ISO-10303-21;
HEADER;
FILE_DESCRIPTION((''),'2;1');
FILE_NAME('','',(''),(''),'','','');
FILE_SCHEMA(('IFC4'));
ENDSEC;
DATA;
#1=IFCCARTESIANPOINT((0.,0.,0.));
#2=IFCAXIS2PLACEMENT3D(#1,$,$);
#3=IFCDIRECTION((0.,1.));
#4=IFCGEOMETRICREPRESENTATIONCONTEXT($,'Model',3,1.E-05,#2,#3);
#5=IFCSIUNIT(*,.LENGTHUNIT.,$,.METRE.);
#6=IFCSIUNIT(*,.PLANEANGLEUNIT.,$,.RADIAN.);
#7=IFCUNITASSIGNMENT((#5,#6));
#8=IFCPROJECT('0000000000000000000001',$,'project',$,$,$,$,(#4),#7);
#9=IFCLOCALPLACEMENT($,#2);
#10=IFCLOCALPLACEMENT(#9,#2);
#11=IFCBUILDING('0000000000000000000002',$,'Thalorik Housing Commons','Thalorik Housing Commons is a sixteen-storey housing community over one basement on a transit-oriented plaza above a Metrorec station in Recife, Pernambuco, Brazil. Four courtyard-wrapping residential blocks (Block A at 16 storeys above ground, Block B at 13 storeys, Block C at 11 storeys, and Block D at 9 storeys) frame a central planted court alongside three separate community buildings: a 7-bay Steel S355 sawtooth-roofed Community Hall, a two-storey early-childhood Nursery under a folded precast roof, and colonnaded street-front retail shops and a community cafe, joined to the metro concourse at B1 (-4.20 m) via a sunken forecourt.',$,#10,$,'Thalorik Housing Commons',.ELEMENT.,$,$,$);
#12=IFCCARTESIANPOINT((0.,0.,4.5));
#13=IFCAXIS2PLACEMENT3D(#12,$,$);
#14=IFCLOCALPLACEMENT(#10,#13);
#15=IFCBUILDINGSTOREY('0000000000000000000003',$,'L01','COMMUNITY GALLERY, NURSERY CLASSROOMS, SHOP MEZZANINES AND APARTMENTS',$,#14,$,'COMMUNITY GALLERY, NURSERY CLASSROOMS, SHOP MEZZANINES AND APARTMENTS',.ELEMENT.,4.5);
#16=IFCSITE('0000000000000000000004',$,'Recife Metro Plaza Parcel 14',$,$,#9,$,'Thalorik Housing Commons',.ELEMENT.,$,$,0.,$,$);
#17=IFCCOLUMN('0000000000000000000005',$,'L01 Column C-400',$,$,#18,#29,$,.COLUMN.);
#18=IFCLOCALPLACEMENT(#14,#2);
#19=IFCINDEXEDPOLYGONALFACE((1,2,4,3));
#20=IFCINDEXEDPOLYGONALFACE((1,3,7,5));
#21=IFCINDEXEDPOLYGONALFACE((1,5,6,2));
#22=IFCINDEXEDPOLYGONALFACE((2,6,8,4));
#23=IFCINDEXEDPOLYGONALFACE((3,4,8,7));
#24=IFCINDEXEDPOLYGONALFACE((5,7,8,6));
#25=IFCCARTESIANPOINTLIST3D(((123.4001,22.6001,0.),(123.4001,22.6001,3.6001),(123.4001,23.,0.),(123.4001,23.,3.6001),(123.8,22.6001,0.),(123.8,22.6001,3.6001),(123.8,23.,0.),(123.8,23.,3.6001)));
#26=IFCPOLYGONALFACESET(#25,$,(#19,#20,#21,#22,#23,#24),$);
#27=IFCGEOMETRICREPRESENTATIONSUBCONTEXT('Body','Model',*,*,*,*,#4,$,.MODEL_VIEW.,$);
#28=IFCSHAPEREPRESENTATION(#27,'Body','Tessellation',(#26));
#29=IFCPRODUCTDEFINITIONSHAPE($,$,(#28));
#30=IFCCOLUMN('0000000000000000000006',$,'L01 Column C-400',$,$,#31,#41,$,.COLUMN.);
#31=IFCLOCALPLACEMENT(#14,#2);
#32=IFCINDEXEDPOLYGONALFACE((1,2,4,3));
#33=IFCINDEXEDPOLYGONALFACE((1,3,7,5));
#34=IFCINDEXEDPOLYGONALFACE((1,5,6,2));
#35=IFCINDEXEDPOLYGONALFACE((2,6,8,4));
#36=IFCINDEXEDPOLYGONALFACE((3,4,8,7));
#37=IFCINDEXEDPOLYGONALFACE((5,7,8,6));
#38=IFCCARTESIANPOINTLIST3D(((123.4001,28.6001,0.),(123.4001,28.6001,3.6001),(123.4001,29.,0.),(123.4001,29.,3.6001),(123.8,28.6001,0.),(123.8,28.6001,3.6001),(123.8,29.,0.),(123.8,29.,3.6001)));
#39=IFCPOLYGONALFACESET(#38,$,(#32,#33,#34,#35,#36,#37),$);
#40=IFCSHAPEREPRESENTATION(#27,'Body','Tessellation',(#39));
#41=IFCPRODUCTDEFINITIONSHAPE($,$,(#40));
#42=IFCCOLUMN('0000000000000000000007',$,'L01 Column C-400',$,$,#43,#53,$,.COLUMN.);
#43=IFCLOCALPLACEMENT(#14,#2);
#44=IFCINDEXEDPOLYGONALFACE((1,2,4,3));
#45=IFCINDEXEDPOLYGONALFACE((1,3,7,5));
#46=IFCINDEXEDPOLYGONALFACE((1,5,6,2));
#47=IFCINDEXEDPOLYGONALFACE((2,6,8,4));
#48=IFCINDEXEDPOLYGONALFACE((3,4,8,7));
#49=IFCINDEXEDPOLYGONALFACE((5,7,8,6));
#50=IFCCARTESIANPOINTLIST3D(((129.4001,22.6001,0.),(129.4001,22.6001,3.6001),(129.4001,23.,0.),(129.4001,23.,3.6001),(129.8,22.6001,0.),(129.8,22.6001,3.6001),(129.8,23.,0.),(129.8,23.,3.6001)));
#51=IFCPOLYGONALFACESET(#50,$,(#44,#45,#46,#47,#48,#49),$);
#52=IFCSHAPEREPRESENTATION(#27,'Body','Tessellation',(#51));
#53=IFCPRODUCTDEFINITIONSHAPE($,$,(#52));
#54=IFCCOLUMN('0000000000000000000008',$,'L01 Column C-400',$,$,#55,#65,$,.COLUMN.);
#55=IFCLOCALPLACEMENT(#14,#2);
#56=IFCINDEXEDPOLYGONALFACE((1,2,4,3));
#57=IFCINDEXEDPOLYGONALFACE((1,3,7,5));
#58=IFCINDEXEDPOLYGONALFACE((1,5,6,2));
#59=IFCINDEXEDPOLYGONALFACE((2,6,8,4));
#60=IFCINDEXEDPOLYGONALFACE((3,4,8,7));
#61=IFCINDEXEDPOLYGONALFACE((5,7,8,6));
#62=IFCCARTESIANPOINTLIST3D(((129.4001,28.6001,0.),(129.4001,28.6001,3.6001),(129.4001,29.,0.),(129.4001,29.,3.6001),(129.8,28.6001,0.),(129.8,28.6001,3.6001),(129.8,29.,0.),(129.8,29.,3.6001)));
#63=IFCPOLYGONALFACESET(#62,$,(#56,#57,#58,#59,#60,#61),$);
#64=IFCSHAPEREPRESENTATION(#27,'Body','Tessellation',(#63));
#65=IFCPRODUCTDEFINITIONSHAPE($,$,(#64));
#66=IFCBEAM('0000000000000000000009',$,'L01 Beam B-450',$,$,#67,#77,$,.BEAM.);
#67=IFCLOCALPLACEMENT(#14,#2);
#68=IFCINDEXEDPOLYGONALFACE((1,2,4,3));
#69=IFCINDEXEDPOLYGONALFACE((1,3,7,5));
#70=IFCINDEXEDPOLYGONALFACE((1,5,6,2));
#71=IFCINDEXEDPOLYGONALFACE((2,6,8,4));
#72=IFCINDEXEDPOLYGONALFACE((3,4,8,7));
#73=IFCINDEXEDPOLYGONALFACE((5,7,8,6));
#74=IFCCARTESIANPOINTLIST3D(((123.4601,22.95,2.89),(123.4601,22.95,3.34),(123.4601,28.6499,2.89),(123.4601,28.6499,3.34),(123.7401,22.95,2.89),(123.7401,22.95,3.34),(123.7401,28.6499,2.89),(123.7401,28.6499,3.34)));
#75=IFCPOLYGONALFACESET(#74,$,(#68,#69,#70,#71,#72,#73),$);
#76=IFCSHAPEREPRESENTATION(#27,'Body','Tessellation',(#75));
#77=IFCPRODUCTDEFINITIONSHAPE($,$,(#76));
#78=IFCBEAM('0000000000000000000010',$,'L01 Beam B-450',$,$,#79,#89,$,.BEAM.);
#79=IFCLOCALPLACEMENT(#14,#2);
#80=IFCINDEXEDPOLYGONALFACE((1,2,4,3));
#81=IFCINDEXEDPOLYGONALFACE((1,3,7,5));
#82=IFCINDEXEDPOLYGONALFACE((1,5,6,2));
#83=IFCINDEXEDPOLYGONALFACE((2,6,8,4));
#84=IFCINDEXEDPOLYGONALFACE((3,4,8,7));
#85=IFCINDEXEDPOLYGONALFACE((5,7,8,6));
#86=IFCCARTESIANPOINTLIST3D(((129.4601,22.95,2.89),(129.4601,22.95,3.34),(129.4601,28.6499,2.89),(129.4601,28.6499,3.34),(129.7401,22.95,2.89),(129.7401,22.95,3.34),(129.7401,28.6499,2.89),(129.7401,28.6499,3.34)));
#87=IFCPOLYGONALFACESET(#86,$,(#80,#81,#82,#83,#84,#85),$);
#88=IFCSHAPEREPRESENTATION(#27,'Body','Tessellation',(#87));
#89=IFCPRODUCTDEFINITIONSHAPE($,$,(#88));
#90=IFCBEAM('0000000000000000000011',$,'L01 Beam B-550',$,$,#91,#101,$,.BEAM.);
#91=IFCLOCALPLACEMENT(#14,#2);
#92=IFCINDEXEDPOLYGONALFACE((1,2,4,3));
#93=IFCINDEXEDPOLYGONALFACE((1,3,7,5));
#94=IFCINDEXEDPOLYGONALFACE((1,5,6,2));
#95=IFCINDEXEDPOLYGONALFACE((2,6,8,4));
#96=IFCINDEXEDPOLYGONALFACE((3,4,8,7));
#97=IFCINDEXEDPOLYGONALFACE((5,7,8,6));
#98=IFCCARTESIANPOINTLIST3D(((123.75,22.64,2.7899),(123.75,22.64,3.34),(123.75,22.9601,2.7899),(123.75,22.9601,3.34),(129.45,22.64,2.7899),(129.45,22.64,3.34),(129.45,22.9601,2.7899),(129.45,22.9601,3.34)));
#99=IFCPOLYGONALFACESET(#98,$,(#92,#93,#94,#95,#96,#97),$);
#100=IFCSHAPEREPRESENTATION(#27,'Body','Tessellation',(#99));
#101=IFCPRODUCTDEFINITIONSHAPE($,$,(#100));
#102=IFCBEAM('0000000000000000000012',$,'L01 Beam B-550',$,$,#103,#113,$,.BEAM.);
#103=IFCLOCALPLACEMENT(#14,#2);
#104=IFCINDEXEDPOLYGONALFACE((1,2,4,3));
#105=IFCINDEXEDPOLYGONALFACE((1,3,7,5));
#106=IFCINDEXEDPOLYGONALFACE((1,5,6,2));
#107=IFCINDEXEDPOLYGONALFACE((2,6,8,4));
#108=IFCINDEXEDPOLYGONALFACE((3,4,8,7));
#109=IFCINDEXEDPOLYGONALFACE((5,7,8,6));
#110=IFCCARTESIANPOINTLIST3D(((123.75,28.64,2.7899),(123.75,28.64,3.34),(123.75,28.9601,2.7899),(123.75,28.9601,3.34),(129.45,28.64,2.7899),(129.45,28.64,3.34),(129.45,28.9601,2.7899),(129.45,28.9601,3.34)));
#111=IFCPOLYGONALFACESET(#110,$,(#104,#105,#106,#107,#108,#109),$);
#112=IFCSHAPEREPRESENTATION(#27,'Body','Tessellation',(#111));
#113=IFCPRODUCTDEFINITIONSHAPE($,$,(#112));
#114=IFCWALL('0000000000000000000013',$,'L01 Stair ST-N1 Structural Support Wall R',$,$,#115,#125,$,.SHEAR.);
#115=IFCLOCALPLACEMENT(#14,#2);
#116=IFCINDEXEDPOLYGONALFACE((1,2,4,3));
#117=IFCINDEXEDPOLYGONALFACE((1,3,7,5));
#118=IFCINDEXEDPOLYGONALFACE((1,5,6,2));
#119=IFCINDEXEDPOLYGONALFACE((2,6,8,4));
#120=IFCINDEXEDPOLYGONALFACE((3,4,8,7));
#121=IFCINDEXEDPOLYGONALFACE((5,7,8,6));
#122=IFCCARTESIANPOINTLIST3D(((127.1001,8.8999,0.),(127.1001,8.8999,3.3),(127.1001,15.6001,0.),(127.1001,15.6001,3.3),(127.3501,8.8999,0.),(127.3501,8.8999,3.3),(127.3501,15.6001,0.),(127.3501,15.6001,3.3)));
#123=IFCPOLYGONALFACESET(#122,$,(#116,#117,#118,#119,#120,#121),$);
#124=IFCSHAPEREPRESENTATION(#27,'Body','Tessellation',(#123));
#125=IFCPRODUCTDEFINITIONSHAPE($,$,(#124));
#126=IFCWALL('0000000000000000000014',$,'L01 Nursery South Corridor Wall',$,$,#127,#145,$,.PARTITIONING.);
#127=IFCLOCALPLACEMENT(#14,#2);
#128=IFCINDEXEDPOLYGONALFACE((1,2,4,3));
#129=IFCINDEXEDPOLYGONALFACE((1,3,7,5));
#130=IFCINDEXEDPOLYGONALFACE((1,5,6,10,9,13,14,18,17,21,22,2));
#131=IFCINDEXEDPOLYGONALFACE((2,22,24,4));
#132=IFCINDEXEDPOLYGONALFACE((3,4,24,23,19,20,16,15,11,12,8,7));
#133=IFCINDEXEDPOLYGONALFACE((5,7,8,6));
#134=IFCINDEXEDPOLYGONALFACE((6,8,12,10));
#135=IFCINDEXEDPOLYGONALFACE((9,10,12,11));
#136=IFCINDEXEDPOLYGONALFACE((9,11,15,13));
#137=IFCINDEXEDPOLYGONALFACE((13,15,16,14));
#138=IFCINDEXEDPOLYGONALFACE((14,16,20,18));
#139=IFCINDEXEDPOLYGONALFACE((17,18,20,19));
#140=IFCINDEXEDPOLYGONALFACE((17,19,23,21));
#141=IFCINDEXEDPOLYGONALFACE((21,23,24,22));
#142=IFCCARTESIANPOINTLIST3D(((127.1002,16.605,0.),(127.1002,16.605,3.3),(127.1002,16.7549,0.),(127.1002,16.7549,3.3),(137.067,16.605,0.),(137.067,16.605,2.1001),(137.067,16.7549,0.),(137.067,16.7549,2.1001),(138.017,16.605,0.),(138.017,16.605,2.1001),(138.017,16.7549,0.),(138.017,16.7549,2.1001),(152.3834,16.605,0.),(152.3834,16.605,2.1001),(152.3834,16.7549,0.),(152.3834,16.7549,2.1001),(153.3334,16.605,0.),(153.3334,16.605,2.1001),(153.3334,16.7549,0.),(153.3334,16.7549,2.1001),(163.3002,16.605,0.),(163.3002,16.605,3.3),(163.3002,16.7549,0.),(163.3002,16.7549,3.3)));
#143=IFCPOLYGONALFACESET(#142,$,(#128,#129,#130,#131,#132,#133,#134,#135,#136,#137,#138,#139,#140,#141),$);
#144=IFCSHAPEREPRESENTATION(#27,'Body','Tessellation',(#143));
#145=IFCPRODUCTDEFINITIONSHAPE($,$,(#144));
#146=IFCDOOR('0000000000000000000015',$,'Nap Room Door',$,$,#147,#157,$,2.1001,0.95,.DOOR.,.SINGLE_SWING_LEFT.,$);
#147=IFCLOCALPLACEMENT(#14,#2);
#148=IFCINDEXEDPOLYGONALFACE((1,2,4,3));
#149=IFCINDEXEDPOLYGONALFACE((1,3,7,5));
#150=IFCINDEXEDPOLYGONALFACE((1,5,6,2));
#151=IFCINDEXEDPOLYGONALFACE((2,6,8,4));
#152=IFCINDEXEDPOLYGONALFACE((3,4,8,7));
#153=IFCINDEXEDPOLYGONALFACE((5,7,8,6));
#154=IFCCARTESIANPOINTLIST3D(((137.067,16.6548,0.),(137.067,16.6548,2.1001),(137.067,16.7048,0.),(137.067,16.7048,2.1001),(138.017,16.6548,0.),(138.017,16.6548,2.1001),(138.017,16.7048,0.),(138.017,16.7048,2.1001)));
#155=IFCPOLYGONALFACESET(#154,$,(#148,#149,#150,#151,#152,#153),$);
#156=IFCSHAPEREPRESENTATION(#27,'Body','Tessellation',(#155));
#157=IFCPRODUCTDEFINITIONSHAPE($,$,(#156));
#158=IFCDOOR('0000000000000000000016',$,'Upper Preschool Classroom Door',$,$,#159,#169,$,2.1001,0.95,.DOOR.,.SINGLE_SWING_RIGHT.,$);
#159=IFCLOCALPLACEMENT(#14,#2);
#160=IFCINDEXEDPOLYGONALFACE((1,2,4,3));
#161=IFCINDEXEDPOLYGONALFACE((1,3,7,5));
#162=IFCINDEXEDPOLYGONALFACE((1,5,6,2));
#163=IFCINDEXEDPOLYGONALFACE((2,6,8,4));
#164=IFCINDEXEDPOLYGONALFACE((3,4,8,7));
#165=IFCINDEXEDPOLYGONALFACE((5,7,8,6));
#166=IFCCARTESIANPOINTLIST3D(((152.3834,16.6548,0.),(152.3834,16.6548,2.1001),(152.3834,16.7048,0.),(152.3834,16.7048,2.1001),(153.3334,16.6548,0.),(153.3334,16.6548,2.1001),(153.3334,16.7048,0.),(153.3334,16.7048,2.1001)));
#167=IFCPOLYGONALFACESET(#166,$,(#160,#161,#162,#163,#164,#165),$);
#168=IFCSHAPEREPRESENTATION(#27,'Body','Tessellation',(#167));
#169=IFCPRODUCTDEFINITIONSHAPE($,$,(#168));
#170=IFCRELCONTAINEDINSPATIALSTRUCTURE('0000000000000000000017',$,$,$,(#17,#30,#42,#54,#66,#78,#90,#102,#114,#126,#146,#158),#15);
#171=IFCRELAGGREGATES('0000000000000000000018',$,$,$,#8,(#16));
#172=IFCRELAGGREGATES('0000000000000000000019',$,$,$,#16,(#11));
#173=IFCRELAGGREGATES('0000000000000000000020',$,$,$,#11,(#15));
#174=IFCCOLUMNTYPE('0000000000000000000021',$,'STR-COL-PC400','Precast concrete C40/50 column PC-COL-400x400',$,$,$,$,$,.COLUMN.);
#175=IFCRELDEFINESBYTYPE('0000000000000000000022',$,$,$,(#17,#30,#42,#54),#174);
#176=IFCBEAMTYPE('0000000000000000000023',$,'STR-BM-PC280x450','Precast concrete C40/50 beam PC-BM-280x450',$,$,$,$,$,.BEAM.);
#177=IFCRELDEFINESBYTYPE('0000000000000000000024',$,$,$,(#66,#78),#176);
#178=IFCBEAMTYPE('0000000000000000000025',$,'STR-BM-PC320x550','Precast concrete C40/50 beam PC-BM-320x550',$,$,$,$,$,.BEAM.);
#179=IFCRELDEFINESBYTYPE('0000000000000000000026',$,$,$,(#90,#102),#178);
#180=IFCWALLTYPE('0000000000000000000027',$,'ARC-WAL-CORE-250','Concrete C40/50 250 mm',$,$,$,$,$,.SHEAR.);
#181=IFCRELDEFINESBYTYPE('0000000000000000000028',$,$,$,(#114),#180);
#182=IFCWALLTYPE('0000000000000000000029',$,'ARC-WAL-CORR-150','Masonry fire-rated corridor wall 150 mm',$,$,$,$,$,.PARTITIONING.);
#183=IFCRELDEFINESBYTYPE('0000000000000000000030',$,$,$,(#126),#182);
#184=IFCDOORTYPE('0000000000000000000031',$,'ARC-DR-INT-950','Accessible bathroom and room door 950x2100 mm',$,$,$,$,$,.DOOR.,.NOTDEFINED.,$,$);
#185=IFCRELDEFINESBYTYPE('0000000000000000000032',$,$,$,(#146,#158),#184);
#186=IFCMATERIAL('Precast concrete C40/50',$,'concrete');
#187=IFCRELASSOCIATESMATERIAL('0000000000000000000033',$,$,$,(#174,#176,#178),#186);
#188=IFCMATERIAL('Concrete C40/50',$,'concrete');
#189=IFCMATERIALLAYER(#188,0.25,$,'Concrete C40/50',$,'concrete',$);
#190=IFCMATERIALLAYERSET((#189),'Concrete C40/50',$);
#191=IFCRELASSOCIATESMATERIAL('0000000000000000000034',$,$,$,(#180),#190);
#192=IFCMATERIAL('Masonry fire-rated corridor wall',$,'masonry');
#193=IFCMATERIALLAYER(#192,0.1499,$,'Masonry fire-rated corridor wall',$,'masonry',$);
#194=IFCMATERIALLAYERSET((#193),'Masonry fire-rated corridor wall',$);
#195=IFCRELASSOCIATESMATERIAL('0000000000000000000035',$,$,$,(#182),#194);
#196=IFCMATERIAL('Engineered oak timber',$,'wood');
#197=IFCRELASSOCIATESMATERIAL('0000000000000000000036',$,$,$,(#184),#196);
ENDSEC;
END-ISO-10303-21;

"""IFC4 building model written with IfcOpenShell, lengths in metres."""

from ifc_helpers import new_model, si_unit, direction, frame, frame_2d, origin, origin_2d, place, context, subcontext, project, spatial, rectangle, extrude, material, layer, layer_set, material_profile, profile_set, type_object, element, fill, save


model = new_model("IFC4")

# Units and contexts
model_context = context("Model", 3, precision=1e-05, world=origin(), true_north=direction((0.0, 1.0)))
body_context = subcontext(model_context, "Body", "Model", "MODEL_VIEW")
ifc_project = project(units=[si_unit("LENGTHUNIT", "METRE"), si_unit("PLANEANGLEUNIT", "RADIAN")], contexts=[model_context])

# Site, building, storey
site_placement = place(None, origin())
site = spatial("IfcSite", under=ifc_project, at=site_placement, Name="Recife Metro Plaza Parcel 14", LongName="Thalorik Housing Commons", CompositionType="ELEMENT", RefElevation=0.0)
building_placement = place(site_placement, origin())
building = spatial("IfcBuilding", under=site, at=building_placement, Name="Thalorik Housing Commons", Description="Thalorik Housing Commons is a sixteen-storey housing community over one basement on a transit-oriented plaza above a Metrorec station in Recife, Pernambuco, Brazil. Four courtyard-wrapping residential blocks (Block A at 16 storeys above ground, Block B at 13 storeys, Block C at 11 storeys, and Block D at 9 storeys) frame a central planted court alongside three separate community buildings: a 7-bay Steel S355 sawtooth-roofed Community Hall, a two-storey early-childhood Nursery under a folded precast roof, and colonnaded street-front retail shops and a community cafe, joined to the metro concourse at B1 (-4.20 m) via a sunken forecourt.", LongName="Thalorik Housing Commons", CompositionType="ELEMENT")
storey_placement = place(building_placement, frame((0.0, 0.0, 4.5)))
storey = spatial("IfcBuildingStorey", under=building, at=storey_placement, Name="L01", Description="COMMUNITY GALLERY, NURSERY CLASSROOMS, SHOP MEZZANINES AND APARTMENTS", LongName="COMMUNITY GALLERY, NURSERY CLASSROOMS, SHOP MEZZANINES AND APARTMENTS", CompositionType="ELEMENT", Elevation=4.5)

# Columns
ifc_material_1 = material(Name="Precast concrete C40/50", Category="concrete")
ifc_material_profile_1 = material_profile(ifc_material_1, rectangle(XDim=0.3999, YDim=0.3999, at=origin_2d()), Name="PC 400x400", Category="concrete")
ifc_profile_set_1 = profile_set([ifc_material_profile_1], Name="Precast concrete C40/50")
column_type = type_object("IfcColumnType", Name="STR-COL-PC400", Description="Precast concrete C40/50 column PC-COL-400x400", PredefinedType="COLUMN", material=ifc_profile_set_1)
for number, where, z_axis, x_axis, name in (
    (1, (123.6001, 22.8, 0.0), (0.0, 0.0, 1.0), (1.0, 0.0, 0.0), "L01 Column C-400"),
    (2, (123.6001, 28.8, 0.0), (0.0, 0.0, 1.0), (1.0, 0.0, 0.0), "L01 Column C-400"),
    (3, (129.6001, 22.8, 0.0), (0.0, 0.0, 1.0), (1.0, 0.0, 0.0), "L01 Column C-400"),
    (4, (129.6001, 28.8, 0.0), (0.0, 0.0, 1.0), (1.0, 0.0, 0.0), "L01 Column C-400"),
):
    element("IfcColumn", number, at=place(storey_placement, frame(where, z_axis=z_axis, x_axis=x_axis)), inside=storey, type_object=column_type, Name=name, PredefinedType="COLUMN", context=body_context, shape_type="SweptSolid", body=[
        extrude(rectangle(XDim=0.3999, YDim=0.3999, at=origin_2d()), origin(), (0.0, 0.0, 1.0), 3.6001),
    ])

# Beams
ifc_material_profile_2 = material_profile(ifc_material_1, rectangle(XDim=0.28, YDim=0.45, at=origin_2d()), Name="PC 280x450", Category="concrete")
ifc_profile_set_2 = profile_set([ifc_material_profile_2], Name="Precast concrete C40/50")
beam_type_1 = type_object("IfcBeamType", Name="STR-BM-PC280x450", Description="Precast concrete C40/50 beam PC-BM-280x450", PredefinedType="BEAM", material=ifc_profile_set_2)
for number, where, z_axis, x_axis, name in (
    (5, (123.6001, 22.95, 3.115), (0.0, 1.0, 0.0), (-1.0, 0.0, 0.0), "L01 Beam B-450"),
    (6, (129.6001, 22.95, 3.115), (0.0, 1.0, 0.0), (-1.0, 0.0, 0.0), "L01 Beam B-450"),
):
    element("IfcBeam", number, at=place(storey_placement, frame(where, z_axis=z_axis, x_axis=x_axis)), inside=storey, type_object=beam_type_1, Name=name, PredefinedType="BEAM", context=body_context, shape_type="SweptSolid", body=[
        extrude(rectangle(XDim=0.28, YDim=0.45, at=origin_2d()), origin(), (0.0, 0.0, 1.0), 5.7),
    ])
ifc_material_profile_3 = material_profile(ifc_material_1, rectangle(XDim=0.3201, YDim=0.55, at=origin_2d()), Name="PC 320x550", Category="concrete")
ifc_profile_set_3 = profile_set([ifc_material_profile_3], Name="Precast concrete C40/50")
beam_type_2 = type_object("IfcBeamType", Name="STR-BM-PC320x550", Description="Precast concrete C40/50 beam PC-BM-320x550", PredefinedType="BEAM", material=ifc_profile_set_3)
for number, where, z_axis, x_axis, name in (
    (7, (123.75, 22.8, 3.0649), (1.0, 0.0, 0.0), (0.0, 1.0, 0.0), "L01 Beam B-550"),
    (8, (123.75, 28.8, 3.0649), (1.0, 0.0, 0.0), (0.0, 1.0, 0.0), "L01 Beam B-550"),
):
    element("IfcBeam", number, at=place(storey_placement, frame(where, z_axis=z_axis, x_axis=x_axis)), inside=storey, type_object=beam_type_2, Name=name, PredefinedType="BEAM", context=body_context, shape_type="SweptSolid", body=[
        extrude(rectangle(XDim=0.3201, YDim=0.55, at=origin_2d()), origin(), (0.0, 0.0, 1.0), 5.7),
    ])

# Wall
ifc_material_2 = material(Name="Concrete C40/50", Category="concrete")
ifc_layer_1 = layer(ifc_material_2, 0.25, Name="Concrete C40/50", Category="concrete")
ifc_layer_set_1 = layer_set([ifc_layer_1], Name="Concrete C40/50")
wall_type_1 = type_object("IfcWallType", Name="ARC-WAL-CORE-250", Description="Concrete C40/50 250 mm", PredefinedType="SHEAR", material=ifc_layer_set_1)
wall_1_placement = place(storey_placement, frame((127.2251, 15.6001, 0.0), z_axis=(0.0, 0.0, 1.0), x_axis=(0.0, -1.0, 0.0)))
element("IfcWall", 9, at=wall_1_placement, inside=storey, type_object=wall_type_1, Name="L01 Stair ST-N1 Structural Support Wall R", PredefinedType="SHEAR", context=body_context, shape_type="SweptSolid", body=[
    extrude(rectangle(XDim=6.7002, YDim=0.25, at=frame_2d((3.3501, 0.0))), origin(), (0.0, 0.0, 1.0), 3.3),
])

# Wall, openings, doors
ifc_material_3 = material(Name="Masonry fire-rated corridor wall", Category="masonry")
ifc_layer_2 = layer(ifc_material_3, 0.1499, Name="Masonry fire-rated corridor wall", Category="masonry")
ifc_layer_set_2 = layer_set([ifc_layer_2], Name="Masonry fire-rated corridor wall")
wall_type_2 = type_object("IfcWallType", Name="ARC-WAL-CORR-150", Description="Masonry fire-rated corridor wall 150 mm", PredefinedType="PARTITIONING", material=ifc_layer_set_2)
wall_2_placement = place(storey_placement, frame((127.1001, 16.6799, 0.0), z_axis=(0.0, 0.0, 1.0), x_axis=(1.0, 0.0, 0.0)))
wall_2 = element("IfcWall", 10, at=wall_2_placement, inside=storey, type_object=wall_type_2, Name="L01 Nursery South Corridor Wall", PredefinedType="PARTITIONING", context=body_context, shape_type="SweptSolid", body=[
    extrude(rectangle(XDim=36.2, YDim=0.1499, at=frame_2d((18.1001, 0.0))), origin(), (0.0, 0.0, 1.0), 3.3),
])
opening_1_placement = place(wall_2_placement, frame((9.9668, 0.0, 0.0)))
opening_1 = element("IfcOpeningElement", 11, at=opening_1_placement, cuts=wall_2, PredefinedType="OPENING", context=body_context, shape_type="SweptSolid", body=[
    extrude(rectangle(XDim=0.95, YDim=2.1001, at=frame_2d((0.4751, 1.05))), frame((0.0, 0.085, 0.0), z_axis=(0.0, -1.0, 0.0), x_axis=(1.0, 0.0, 0.0)), (0.0, 0.0, 1.0), 0.1699),
])
opening_2_placement = place(wall_2_placement, frame((25.2832, 0.0, 0.0)))
opening_2 = element("IfcOpeningElement", 12, at=opening_2_placement, cuts=wall_2, PredefinedType="OPENING", context=body_context, shape_type="SweptSolid", body=[
    extrude(rectangle(XDim=0.95, YDim=2.1001, at=frame_2d((0.4751, 1.05))), frame((0.0, 0.085, 0.0), z_axis=(0.0, -1.0, 0.0), x_axis=(1.0, 0.0, 0.0)), (0.0, 0.0, 1.0), 0.1699),
])
ifc_material_4 = material(Name="Engineered oak timber", Category="wood")
door_type_1 = type_object("IfcDoorType", Name="ARC-DR-INT-950", Description="Accessible bathroom and room door 950x2100 mm", OperationType="NOTDEFINED", PredefinedType="DOOR", material=ifc_material_4)
door_1_placement = place(opening_1_placement, origin())
door_1 = element("IfcDoor", 13, at=door_1_placement, inside=storey, type_object=door_type_1, Name="Nap Room Door", OperationType="SINGLE_SWING_LEFT", OverallHeight=2.1001, OverallWidth=0.95, PredefinedType="DOOR", context=body_context, shape_type="SweptSolid", body=[
    extrude(rectangle(XDim=0.95, YDim=2.1001, at=frame_2d((0.4751, 1.05))), frame((0.0, 0.0249, 0.0), z_axis=(0.0, -1.0, 0.0), x_axis=(1.0, 0.0, 0.0)), (0.0, 0.0, 1.0), 0.05),
])
fill(opening_1, door_1)
door_2_placement = place(opening_2_placement, origin())
door_2 = element("IfcDoor", 14, at=door_2_placement, inside=storey, type_object=door_type_1, Name="Upper Preschool Classroom Door", OperationType="SINGLE_SWING_RIGHT", OverallHeight=2.1001, OverallWidth=0.95, PredefinedType="DOOR", context=body_context, shape_type="SweptSolid", body=[
    extrude(rectangle(XDim=0.95, YDim=2.1001, at=frame_2d((0.4751, 1.05))), frame((0.0, 0.0249, 0.0), z_axis=(0.0, -1.0, 0.0), x_axis=(1.0, 0.0, 0.0)), (0.0, 0.0, 1.0), 0.05),
])
fill(opening_2, door_2)

save(model, "model.ifc")
